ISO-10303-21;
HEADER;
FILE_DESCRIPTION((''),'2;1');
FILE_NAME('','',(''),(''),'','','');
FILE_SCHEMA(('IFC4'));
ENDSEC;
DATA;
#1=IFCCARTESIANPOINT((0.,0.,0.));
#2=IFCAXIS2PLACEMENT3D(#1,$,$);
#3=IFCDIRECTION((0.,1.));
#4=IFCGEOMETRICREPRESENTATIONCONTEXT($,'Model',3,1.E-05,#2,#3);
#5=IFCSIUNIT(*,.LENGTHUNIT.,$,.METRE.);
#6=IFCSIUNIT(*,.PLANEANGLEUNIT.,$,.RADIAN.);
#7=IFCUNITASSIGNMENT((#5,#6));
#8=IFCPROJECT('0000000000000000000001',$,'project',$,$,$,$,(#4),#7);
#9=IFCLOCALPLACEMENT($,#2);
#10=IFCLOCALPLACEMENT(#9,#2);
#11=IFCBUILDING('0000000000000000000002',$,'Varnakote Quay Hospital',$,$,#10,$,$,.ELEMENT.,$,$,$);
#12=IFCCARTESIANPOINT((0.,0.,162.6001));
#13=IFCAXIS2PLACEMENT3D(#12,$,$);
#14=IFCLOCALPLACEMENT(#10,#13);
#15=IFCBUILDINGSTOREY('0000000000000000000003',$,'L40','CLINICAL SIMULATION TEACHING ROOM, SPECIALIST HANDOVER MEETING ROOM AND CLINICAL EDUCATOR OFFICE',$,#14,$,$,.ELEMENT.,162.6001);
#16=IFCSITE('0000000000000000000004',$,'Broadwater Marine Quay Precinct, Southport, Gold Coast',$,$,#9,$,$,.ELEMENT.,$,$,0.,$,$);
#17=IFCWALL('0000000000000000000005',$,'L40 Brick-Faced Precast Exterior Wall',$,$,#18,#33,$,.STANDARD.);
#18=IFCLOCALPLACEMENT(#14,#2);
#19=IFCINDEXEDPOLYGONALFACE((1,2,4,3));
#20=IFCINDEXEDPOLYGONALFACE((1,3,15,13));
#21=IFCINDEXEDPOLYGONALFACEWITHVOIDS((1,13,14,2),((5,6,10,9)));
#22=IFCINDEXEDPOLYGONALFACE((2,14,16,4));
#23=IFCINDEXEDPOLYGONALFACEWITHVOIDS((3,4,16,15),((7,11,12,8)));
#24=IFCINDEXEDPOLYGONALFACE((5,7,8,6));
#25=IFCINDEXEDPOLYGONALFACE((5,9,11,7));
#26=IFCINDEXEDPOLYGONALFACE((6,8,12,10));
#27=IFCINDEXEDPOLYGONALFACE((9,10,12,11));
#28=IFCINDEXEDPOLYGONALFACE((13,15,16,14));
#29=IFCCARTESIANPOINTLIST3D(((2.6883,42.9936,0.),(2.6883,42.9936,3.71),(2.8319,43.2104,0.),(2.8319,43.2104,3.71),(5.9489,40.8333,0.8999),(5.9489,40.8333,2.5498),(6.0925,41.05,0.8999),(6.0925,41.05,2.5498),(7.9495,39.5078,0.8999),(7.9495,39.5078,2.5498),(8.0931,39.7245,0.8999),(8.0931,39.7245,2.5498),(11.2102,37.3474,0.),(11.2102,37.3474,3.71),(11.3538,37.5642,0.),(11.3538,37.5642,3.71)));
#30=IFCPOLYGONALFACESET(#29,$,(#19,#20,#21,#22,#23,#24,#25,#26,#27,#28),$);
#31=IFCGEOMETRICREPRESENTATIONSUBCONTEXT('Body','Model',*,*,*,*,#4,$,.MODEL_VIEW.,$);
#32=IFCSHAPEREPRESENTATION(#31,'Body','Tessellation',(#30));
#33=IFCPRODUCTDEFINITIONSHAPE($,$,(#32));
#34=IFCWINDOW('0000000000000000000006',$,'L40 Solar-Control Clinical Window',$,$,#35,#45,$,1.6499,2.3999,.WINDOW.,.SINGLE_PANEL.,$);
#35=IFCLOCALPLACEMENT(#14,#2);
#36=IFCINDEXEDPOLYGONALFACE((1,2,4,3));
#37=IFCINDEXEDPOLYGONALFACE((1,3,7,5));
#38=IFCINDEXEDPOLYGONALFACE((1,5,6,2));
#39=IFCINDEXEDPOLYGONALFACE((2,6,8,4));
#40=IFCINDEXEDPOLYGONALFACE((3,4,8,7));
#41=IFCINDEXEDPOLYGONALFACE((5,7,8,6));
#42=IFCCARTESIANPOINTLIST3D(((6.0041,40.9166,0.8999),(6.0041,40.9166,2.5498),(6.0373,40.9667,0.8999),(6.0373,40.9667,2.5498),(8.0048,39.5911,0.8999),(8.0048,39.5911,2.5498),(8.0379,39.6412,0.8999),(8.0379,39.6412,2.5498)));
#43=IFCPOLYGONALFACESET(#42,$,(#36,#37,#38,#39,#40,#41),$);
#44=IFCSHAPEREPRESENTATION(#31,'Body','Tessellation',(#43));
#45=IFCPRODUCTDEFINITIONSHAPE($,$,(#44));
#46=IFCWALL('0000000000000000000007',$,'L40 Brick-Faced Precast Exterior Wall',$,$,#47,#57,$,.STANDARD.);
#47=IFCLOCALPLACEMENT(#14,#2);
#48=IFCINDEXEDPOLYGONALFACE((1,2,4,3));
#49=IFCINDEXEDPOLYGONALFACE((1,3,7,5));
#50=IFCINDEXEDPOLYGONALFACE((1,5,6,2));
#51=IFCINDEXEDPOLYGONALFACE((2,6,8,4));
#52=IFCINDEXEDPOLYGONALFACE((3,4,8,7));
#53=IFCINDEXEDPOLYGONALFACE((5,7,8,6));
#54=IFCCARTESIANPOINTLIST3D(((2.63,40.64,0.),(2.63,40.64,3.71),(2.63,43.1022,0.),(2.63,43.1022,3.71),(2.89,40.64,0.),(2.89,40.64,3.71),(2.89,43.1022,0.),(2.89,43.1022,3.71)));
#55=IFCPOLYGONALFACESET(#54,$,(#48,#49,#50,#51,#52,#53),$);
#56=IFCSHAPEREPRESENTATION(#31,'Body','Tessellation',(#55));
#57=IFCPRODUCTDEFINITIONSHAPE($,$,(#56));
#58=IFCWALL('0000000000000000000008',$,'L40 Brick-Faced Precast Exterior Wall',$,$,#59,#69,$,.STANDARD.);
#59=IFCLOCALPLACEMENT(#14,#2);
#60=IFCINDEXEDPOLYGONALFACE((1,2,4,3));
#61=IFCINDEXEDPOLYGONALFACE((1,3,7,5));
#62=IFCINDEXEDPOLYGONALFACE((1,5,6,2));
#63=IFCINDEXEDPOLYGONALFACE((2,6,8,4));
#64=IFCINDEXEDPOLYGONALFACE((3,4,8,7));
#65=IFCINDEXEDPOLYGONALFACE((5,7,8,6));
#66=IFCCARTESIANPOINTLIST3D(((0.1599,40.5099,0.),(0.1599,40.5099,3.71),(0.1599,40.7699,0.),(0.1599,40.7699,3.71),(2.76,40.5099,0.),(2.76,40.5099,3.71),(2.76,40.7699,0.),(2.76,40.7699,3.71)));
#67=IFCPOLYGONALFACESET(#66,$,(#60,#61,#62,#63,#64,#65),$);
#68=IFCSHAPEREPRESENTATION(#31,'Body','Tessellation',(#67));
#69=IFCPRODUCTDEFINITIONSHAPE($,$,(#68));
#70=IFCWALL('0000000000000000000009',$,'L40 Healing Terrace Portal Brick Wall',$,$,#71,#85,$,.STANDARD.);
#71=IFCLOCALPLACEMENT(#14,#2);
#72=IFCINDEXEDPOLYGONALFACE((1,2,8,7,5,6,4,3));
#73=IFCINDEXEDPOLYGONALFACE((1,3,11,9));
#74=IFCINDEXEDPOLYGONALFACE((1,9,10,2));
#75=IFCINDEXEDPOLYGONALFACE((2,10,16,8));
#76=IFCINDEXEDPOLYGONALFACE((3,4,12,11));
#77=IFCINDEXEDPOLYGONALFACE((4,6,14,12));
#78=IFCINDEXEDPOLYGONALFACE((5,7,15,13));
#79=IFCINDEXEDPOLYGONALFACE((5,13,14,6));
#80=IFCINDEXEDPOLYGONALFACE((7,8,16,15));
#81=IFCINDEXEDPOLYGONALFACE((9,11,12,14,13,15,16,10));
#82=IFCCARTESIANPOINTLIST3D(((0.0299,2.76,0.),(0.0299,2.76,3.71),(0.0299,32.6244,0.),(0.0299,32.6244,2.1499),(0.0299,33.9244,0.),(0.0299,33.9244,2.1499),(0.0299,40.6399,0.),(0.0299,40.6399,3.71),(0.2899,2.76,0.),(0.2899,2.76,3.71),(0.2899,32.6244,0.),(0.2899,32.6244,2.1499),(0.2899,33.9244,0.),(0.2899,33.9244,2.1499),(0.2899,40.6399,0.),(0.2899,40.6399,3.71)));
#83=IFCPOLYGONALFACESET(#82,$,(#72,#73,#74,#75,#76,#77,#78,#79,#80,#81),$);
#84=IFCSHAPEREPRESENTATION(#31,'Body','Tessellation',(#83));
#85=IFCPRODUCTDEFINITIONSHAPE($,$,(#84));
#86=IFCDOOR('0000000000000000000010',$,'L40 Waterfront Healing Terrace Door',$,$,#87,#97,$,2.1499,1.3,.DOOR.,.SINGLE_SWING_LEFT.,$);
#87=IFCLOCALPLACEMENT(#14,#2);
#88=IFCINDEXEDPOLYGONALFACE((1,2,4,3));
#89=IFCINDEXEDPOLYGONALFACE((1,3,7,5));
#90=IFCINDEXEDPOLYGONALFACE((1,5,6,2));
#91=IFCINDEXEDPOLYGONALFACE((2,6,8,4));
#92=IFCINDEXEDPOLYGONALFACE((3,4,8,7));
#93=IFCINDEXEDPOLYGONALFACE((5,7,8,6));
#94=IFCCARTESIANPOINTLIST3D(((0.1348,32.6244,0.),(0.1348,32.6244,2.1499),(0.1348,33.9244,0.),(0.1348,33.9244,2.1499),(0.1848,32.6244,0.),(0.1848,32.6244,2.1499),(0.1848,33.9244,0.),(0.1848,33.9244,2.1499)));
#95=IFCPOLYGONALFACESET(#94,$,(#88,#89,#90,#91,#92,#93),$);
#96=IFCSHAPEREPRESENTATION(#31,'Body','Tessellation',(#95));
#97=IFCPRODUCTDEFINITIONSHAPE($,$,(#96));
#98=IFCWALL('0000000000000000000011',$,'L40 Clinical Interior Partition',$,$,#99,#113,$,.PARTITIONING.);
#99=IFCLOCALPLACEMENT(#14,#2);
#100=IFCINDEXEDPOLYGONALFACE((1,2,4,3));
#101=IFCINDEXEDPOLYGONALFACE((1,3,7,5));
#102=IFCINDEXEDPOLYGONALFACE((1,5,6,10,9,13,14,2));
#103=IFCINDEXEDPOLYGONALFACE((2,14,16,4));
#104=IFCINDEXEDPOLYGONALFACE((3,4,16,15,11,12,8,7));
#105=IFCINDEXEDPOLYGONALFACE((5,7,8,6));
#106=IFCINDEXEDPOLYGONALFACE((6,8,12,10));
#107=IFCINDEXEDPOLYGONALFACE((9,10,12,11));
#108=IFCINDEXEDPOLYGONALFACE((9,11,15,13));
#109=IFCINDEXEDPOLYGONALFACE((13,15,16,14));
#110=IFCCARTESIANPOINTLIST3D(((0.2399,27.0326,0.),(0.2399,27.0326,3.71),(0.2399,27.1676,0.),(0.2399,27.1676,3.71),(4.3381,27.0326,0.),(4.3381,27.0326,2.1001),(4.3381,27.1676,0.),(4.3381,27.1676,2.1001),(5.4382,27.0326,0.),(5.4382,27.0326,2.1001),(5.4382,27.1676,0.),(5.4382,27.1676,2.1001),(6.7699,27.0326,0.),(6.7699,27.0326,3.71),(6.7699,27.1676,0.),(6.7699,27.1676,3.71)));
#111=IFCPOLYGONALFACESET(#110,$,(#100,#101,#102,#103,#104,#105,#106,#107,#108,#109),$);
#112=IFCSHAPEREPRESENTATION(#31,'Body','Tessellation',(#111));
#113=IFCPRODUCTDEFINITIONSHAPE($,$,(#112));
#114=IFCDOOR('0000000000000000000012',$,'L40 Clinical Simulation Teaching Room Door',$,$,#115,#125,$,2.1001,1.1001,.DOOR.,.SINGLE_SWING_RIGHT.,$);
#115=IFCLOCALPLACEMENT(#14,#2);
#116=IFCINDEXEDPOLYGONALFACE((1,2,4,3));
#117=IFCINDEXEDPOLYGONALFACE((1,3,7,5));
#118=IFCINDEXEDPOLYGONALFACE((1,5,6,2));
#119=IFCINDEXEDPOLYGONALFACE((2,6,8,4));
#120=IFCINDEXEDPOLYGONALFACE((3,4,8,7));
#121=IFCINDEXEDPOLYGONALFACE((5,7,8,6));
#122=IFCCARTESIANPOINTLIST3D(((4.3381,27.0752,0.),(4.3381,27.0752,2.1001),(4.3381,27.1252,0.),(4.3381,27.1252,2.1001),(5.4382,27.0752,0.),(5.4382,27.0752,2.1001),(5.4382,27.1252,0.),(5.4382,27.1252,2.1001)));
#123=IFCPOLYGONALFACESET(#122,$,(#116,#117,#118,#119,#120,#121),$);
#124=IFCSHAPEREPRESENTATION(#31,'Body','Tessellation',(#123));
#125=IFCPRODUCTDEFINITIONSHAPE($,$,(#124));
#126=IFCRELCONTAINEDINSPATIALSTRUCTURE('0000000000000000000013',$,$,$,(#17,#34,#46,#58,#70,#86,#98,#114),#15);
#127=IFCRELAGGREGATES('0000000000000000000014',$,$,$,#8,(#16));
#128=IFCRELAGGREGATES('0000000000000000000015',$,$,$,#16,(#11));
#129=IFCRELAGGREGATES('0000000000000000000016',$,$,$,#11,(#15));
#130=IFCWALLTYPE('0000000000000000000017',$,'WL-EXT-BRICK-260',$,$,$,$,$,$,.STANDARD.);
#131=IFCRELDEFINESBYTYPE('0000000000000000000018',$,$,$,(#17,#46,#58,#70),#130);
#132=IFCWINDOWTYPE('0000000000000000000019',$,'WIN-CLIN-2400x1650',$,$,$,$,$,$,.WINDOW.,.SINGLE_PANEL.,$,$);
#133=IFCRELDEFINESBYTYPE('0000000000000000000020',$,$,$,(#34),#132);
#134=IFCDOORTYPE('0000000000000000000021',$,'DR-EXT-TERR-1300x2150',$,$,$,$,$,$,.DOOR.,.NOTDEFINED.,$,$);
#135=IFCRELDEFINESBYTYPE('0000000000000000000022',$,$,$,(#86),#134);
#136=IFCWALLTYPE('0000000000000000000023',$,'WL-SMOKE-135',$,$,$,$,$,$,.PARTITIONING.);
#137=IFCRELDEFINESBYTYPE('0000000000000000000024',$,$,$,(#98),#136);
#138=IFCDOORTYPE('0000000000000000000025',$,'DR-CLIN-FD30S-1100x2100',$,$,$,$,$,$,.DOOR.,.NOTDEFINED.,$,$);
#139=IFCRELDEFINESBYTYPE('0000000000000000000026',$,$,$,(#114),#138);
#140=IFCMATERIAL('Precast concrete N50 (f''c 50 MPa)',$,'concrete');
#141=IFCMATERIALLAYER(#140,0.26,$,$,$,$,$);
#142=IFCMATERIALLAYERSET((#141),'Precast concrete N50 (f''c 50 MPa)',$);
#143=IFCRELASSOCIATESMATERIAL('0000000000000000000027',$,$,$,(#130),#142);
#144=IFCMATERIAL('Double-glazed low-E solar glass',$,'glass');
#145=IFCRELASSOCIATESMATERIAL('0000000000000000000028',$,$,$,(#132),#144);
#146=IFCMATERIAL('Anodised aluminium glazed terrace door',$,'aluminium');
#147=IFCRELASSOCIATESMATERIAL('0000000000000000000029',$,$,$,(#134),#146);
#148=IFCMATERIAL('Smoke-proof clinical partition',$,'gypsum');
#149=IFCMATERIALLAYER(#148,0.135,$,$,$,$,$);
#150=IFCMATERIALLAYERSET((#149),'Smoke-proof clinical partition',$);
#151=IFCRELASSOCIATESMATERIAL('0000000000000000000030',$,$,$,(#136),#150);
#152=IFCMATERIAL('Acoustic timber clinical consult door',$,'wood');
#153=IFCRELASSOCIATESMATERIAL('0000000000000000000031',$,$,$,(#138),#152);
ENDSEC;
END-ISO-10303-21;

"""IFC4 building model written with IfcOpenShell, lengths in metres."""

from ifc_helpers import new_model, si_unit, direction, frame, frame_2d, origin, place, context, subcontext, project, spatial, rectangle, extrude, material, layer, layer_set, type_object, element, fill, save


model = new_model("IFC4")

# Units and contexts
model_context = context("Model", 3, precision=1e-05, world=origin(), true_north=direction((0.0, 1.0)))
body_context = subcontext(model_context, "Body", "Model", "MODEL_VIEW")
ifc_project = project(units=[si_unit("LENGTHUNIT", "METRE"), si_unit("PLANEANGLEUNIT", "RADIAN")], contexts=[model_context])

# Site, building, storey
site_placement = place(None, origin())
site = spatial("IfcSite", under=ifc_project, at=site_placement, Name="Broadwater Marine Quay Precinct, Southport, Gold Coast", CompositionType="ELEMENT", RefElevation=0.0)
building_placement = place(site_placement, origin())
building = spatial("IfcBuilding", under=site, at=building_placement, Name="Varnakote Quay Hospital", CompositionType="ELEMENT")
storey_placement = place(building_placement, frame((0.0, 0.0, 162.6001)))
storey = spatial("IfcBuildingStorey", under=building, at=storey_placement, Name="L40", Description="CLINICAL SIMULATION TEACHING ROOM, SPECIALIST HANDOVER MEETING ROOM AND CLINICAL EDUCATOR OFFICE", CompositionType="ELEMENT", Elevation=162.6001)

# Wall, opening, window
ifc_material_1 = material(Name="Precast concrete N50 (f'c 50 MPa)", Category="concrete")
ifc_layer_1 = layer(ifc_material_1, 0.26)
ifc_layer_set_1 = layer_set([ifc_layer_1], Name="Precast concrete N50 (f'c 50 MPa)")
wall_type_1 = type_object("IfcWallType", Name="WL-EXT-BRICK-260", PredefinedType="STANDARD", material=ifc_layer_set_1)
wall_1_placement = place(storey_placement, frame((11.282, 37.4558, 0.0), z_axis=(0.0, 0.0, 1.0), x_axis=(-0.83363, 0.552323, 0.0)))
wall_1 = element("IfcWall", 1, at=wall_1_placement, inside=storey, type_object=wall_type_1, Name="L40 Brick-Faced Precast Exterior Wall", PredefinedType="STANDARD", context=body_context, shape_type="SweptSolid", body=[
    extrude(rectangle(XDim=10.2227, YDim=0.26, at=frame_2d((5.1113, 0.0))), origin(), (0.0, 0.0, 1.0), 3.71),
])
opening_1_placement = place(wall_1_placement, frame((3.9114, 0.0, 0.8999)))
opening_1 = element("IfcOpeningElement", 2, at=opening_1_placement, cuts=wall_1, PredefinedType="OPENING", context=body_context, shape_type="SweptSolid", body=[
    extrude(rectangle(XDim=2.3999, YDim=1.6499, at=frame_2d((1.2, 0.825))), frame((0.0, 0.1399, 0.0), z_axis=(0.0, -1.0, 0.0), x_axis=(1.0, 0.0, 0.0)), (0.0, 0.0, 1.0), 0.28),
])
ifc_material_2 = material(Name="Double-glazed low-E solar glass", Category="glass")
window_type = type_object("IfcWindowType", Name="WIN-CLIN-2400x1650", PartitioningType="SINGLE_PANEL", PredefinedType="WINDOW", material=ifc_material_2)
window_placement = place(opening_1_placement, origin())
window = element("IfcWindow", 3, at=window_placement, inside=storey, type_object=window_type, Name="L40 Solar-Control Clinical Window", OverallHeight=1.6499, OverallWidth=2.3999, PartitioningType="SINGLE_PANEL", PredefinedType="WINDOW", context=body_context, shape_type="SweptSolid", body=[
    extrude(rectangle(XDim=2.3999, YDim=1.6499, at=frame_2d((1.2, 0.825))), frame((0.0, 0.03, 0.0), z_axis=(0.0, -1.0, 0.0), x_axis=(1.0, 0.0, 0.0)), (0.0, 0.0, 1.0), 0.0601),
])
fill(opening_1, window)

# Walls
wall_2_placement = place(storey_placement, frame((2.76, 43.1021, 0.0), z_axis=(0.0, 0.0, 1.0), x_axis=(0.0, -1.0, 0.0)))
element("IfcWall", 4, at=wall_2_placement, inside=storey, type_object=wall_type_1, Name="L40 Brick-Faced Precast Exterior Wall", PredefinedType="STANDARD", context=body_context, shape_type="SweptSolid", body=[
    extrude(rectangle(XDim=2.4622, YDim=0.26, at=frame_2d((1.231, 0.0))), origin(), (0.0, 0.0, 1.0), 3.71),
])
wall_3_placement = place(storey_placement, frame((2.76, 40.6399, 0.0), z_axis=(0.0, 0.0, 1.0), x_axis=(-1.0, 0.0, 0.0)))
element("IfcWall", 5, at=wall_3_placement, inside=storey, type_object=wall_type_1, Name="L40 Brick-Faced Precast Exterior Wall", PredefinedType="STANDARD", context=body_context, shape_type="SweptSolid", body=[
    extrude(rectangle(XDim=2.6001, YDim=0.26, at=frame_2d((1.3, 0.0))), origin(), (0.0, 0.0, 1.0), 3.71),
])

# Walls, openings, doors
wall_4_placement = place(storey_placement, frame((0.1599, 40.6399, 0.0), z_axis=(0.0, 0.0, 1.0), x_axis=(0.0, -1.0, 0.0)))
wall_4 = element("IfcWall", 6, at=wall_4_placement, inside=storey, type_object=wall_type_1, Name="L40 Healing Terrace Portal Brick Wall", PredefinedType="STANDARD", context=body_context, shape_type="SweptSolid", body=[
    extrude(rectangle(XDim=37.8799, YDim=0.26, at=frame_2d((18.9399, 0.0))), origin(), (0.0, 0.0, 1.0), 3.71),
])
opening_2_placement = place(wall_4_placement, frame((6.7156, 0.0, 0.0)))
opening_2 = element("IfcOpeningElement", 7, at=opening_2_placement, cuts=wall_4, PredefinedType="OPENING", context=body_context, shape_type="SweptSolid", body=[
    extrude(rectangle(XDim=1.3, YDim=2.1499, at=frame_2d((0.6499, 1.075))), frame((0.0, 0.1399, 0.0), z_axis=(0.0, -1.0, 0.0), x_axis=(1.0, 0.0, 0.0)), (0.0, 0.0, 1.0), 0.28),
])
ifc_material_3 = material(Name="Anodised aluminium glazed terrace door", Category="aluminium")
door_type_1 = type_object("IfcDoorType", Name="DR-EXT-TERR-1300x2150", OperationType="NOTDEFINED", PredefinedType="DOOR", material=ifc_material_3)
door_1_placement = place(opening_2_placement, origin())
door_1 = element("IfcDoor", 8, at=door_1_placement, inside=storey, type_object=door_type_1, Name="L40 Waterfront Healing Terrace Door", OperationType="SINGLE_SWING_LEFT", OverallHeight=2.1499, OverallWidth=1.3, PredefinedType="DOOR", context=body_context, shape_type="SweptSolid", body=[
    extrude(rectangle(XDim=1.3, YDim=2.1499, at=frame_2d((0.6499, 1.075))), frame((0.0, 0.0249, 0.0), z_axis=(0.0, -1.0, 0.0), x_axis=(1.0, 0.0, 0.0)), (0.0, 0.0, 1.0), 0.05),
])
fill(opening_2, door_1)
ifc_material_4 = material(Name="Smoke-proof clinical partition", Category="gypsum")
ifc_layer_2 = layer(ifc_material_4, 0.135)
ifc_layer_set_2 = layer_set([ifc_layer_2], Name="Smoke-proof clinical partition")
wall_type_2 = type_object("IfcWallType", Name="WL-SMOKE-135", PredefinedType="PARTITIONING", material=ifc_layer_set_2)
wall_5_placement = place(storey_placement, frame((6.77, 27.1001, 0.0), z_axis=(0.0, 0.0, 1.0), x_axis=(-1.0, 0.0, 0.0)))
wall_5 = element("IfcWall", 9, at=wall_5_placement, inside=storey, type_object=wall_type_2, Name="L40 Clinical Interior Partition", PredefinedType="PARTITIONING", context=body_context, shape_type="SweptSolid", body=[
    extrude(rectangle(XDim=6.53, YDim=0.135, at=frame_2d((3.2651, 0.0))), origin(), (0.0, 0.0, 1.0), 3.71),
])
opening_3_placement = place(wall_5_placement, frame((1.3318, 0.0, 0.0)))
opening_3 = element("IfcOpeningElement", 10, at=opening_3_placement, cuts=wall_5, PredefinedType="OPENING", context=body_context, shape_type="SweptSolid", body=[
    extrude(rectangle(XDim=1.1001, YDim=2.1001, at=frame_2d((0.55, 1.05))), frame((0.0, 0.0774, 0.0), z_axis=(0.0, -1.0, 0.0), x_axis=(1.0, 0.0, 0.0)), (0.0, 0.0, 1.0), 0.155),
])
ifc_material_5 = material(Name="Acoustic timber clinical consult door", Category="wood")
door_type_2 = type_object("IfcDoorType", Name="DR-CLIN-FD30S-1100x2100", OperationType="NOTDEFINED", PredefinedType="DOOR", material=ifc_material_5)
door_2_placement = place(opening_3_placement, origin())
door_2 = element("IfcDoor", 11, at=door_2_placement, inside=storey, type_object=door_type_2, Name="L40 Clinical Simulation Teaching Room Door", OperationType="SINGLE_SWING_RIGHT", OverallHeight=2.1001, OverallWidth=1.1001, PredefinedType="DOOR", context=body_context, shape_type="SweptSolid", body=[
    extrude(rectangle(XDim=1.1001, YDim=2.1001, at=frame_2d((0.55, 1.05))), frame((0.0, 0.0249, 0.0), z_axis=(0.0, -1.0, 0.0), x_axis=(1.0, 0.0, 0.0)), (0.0, 0.0, 1.0), 0.05),
])
fill(opening_3, door_2)

save(model, "model.ifc")
